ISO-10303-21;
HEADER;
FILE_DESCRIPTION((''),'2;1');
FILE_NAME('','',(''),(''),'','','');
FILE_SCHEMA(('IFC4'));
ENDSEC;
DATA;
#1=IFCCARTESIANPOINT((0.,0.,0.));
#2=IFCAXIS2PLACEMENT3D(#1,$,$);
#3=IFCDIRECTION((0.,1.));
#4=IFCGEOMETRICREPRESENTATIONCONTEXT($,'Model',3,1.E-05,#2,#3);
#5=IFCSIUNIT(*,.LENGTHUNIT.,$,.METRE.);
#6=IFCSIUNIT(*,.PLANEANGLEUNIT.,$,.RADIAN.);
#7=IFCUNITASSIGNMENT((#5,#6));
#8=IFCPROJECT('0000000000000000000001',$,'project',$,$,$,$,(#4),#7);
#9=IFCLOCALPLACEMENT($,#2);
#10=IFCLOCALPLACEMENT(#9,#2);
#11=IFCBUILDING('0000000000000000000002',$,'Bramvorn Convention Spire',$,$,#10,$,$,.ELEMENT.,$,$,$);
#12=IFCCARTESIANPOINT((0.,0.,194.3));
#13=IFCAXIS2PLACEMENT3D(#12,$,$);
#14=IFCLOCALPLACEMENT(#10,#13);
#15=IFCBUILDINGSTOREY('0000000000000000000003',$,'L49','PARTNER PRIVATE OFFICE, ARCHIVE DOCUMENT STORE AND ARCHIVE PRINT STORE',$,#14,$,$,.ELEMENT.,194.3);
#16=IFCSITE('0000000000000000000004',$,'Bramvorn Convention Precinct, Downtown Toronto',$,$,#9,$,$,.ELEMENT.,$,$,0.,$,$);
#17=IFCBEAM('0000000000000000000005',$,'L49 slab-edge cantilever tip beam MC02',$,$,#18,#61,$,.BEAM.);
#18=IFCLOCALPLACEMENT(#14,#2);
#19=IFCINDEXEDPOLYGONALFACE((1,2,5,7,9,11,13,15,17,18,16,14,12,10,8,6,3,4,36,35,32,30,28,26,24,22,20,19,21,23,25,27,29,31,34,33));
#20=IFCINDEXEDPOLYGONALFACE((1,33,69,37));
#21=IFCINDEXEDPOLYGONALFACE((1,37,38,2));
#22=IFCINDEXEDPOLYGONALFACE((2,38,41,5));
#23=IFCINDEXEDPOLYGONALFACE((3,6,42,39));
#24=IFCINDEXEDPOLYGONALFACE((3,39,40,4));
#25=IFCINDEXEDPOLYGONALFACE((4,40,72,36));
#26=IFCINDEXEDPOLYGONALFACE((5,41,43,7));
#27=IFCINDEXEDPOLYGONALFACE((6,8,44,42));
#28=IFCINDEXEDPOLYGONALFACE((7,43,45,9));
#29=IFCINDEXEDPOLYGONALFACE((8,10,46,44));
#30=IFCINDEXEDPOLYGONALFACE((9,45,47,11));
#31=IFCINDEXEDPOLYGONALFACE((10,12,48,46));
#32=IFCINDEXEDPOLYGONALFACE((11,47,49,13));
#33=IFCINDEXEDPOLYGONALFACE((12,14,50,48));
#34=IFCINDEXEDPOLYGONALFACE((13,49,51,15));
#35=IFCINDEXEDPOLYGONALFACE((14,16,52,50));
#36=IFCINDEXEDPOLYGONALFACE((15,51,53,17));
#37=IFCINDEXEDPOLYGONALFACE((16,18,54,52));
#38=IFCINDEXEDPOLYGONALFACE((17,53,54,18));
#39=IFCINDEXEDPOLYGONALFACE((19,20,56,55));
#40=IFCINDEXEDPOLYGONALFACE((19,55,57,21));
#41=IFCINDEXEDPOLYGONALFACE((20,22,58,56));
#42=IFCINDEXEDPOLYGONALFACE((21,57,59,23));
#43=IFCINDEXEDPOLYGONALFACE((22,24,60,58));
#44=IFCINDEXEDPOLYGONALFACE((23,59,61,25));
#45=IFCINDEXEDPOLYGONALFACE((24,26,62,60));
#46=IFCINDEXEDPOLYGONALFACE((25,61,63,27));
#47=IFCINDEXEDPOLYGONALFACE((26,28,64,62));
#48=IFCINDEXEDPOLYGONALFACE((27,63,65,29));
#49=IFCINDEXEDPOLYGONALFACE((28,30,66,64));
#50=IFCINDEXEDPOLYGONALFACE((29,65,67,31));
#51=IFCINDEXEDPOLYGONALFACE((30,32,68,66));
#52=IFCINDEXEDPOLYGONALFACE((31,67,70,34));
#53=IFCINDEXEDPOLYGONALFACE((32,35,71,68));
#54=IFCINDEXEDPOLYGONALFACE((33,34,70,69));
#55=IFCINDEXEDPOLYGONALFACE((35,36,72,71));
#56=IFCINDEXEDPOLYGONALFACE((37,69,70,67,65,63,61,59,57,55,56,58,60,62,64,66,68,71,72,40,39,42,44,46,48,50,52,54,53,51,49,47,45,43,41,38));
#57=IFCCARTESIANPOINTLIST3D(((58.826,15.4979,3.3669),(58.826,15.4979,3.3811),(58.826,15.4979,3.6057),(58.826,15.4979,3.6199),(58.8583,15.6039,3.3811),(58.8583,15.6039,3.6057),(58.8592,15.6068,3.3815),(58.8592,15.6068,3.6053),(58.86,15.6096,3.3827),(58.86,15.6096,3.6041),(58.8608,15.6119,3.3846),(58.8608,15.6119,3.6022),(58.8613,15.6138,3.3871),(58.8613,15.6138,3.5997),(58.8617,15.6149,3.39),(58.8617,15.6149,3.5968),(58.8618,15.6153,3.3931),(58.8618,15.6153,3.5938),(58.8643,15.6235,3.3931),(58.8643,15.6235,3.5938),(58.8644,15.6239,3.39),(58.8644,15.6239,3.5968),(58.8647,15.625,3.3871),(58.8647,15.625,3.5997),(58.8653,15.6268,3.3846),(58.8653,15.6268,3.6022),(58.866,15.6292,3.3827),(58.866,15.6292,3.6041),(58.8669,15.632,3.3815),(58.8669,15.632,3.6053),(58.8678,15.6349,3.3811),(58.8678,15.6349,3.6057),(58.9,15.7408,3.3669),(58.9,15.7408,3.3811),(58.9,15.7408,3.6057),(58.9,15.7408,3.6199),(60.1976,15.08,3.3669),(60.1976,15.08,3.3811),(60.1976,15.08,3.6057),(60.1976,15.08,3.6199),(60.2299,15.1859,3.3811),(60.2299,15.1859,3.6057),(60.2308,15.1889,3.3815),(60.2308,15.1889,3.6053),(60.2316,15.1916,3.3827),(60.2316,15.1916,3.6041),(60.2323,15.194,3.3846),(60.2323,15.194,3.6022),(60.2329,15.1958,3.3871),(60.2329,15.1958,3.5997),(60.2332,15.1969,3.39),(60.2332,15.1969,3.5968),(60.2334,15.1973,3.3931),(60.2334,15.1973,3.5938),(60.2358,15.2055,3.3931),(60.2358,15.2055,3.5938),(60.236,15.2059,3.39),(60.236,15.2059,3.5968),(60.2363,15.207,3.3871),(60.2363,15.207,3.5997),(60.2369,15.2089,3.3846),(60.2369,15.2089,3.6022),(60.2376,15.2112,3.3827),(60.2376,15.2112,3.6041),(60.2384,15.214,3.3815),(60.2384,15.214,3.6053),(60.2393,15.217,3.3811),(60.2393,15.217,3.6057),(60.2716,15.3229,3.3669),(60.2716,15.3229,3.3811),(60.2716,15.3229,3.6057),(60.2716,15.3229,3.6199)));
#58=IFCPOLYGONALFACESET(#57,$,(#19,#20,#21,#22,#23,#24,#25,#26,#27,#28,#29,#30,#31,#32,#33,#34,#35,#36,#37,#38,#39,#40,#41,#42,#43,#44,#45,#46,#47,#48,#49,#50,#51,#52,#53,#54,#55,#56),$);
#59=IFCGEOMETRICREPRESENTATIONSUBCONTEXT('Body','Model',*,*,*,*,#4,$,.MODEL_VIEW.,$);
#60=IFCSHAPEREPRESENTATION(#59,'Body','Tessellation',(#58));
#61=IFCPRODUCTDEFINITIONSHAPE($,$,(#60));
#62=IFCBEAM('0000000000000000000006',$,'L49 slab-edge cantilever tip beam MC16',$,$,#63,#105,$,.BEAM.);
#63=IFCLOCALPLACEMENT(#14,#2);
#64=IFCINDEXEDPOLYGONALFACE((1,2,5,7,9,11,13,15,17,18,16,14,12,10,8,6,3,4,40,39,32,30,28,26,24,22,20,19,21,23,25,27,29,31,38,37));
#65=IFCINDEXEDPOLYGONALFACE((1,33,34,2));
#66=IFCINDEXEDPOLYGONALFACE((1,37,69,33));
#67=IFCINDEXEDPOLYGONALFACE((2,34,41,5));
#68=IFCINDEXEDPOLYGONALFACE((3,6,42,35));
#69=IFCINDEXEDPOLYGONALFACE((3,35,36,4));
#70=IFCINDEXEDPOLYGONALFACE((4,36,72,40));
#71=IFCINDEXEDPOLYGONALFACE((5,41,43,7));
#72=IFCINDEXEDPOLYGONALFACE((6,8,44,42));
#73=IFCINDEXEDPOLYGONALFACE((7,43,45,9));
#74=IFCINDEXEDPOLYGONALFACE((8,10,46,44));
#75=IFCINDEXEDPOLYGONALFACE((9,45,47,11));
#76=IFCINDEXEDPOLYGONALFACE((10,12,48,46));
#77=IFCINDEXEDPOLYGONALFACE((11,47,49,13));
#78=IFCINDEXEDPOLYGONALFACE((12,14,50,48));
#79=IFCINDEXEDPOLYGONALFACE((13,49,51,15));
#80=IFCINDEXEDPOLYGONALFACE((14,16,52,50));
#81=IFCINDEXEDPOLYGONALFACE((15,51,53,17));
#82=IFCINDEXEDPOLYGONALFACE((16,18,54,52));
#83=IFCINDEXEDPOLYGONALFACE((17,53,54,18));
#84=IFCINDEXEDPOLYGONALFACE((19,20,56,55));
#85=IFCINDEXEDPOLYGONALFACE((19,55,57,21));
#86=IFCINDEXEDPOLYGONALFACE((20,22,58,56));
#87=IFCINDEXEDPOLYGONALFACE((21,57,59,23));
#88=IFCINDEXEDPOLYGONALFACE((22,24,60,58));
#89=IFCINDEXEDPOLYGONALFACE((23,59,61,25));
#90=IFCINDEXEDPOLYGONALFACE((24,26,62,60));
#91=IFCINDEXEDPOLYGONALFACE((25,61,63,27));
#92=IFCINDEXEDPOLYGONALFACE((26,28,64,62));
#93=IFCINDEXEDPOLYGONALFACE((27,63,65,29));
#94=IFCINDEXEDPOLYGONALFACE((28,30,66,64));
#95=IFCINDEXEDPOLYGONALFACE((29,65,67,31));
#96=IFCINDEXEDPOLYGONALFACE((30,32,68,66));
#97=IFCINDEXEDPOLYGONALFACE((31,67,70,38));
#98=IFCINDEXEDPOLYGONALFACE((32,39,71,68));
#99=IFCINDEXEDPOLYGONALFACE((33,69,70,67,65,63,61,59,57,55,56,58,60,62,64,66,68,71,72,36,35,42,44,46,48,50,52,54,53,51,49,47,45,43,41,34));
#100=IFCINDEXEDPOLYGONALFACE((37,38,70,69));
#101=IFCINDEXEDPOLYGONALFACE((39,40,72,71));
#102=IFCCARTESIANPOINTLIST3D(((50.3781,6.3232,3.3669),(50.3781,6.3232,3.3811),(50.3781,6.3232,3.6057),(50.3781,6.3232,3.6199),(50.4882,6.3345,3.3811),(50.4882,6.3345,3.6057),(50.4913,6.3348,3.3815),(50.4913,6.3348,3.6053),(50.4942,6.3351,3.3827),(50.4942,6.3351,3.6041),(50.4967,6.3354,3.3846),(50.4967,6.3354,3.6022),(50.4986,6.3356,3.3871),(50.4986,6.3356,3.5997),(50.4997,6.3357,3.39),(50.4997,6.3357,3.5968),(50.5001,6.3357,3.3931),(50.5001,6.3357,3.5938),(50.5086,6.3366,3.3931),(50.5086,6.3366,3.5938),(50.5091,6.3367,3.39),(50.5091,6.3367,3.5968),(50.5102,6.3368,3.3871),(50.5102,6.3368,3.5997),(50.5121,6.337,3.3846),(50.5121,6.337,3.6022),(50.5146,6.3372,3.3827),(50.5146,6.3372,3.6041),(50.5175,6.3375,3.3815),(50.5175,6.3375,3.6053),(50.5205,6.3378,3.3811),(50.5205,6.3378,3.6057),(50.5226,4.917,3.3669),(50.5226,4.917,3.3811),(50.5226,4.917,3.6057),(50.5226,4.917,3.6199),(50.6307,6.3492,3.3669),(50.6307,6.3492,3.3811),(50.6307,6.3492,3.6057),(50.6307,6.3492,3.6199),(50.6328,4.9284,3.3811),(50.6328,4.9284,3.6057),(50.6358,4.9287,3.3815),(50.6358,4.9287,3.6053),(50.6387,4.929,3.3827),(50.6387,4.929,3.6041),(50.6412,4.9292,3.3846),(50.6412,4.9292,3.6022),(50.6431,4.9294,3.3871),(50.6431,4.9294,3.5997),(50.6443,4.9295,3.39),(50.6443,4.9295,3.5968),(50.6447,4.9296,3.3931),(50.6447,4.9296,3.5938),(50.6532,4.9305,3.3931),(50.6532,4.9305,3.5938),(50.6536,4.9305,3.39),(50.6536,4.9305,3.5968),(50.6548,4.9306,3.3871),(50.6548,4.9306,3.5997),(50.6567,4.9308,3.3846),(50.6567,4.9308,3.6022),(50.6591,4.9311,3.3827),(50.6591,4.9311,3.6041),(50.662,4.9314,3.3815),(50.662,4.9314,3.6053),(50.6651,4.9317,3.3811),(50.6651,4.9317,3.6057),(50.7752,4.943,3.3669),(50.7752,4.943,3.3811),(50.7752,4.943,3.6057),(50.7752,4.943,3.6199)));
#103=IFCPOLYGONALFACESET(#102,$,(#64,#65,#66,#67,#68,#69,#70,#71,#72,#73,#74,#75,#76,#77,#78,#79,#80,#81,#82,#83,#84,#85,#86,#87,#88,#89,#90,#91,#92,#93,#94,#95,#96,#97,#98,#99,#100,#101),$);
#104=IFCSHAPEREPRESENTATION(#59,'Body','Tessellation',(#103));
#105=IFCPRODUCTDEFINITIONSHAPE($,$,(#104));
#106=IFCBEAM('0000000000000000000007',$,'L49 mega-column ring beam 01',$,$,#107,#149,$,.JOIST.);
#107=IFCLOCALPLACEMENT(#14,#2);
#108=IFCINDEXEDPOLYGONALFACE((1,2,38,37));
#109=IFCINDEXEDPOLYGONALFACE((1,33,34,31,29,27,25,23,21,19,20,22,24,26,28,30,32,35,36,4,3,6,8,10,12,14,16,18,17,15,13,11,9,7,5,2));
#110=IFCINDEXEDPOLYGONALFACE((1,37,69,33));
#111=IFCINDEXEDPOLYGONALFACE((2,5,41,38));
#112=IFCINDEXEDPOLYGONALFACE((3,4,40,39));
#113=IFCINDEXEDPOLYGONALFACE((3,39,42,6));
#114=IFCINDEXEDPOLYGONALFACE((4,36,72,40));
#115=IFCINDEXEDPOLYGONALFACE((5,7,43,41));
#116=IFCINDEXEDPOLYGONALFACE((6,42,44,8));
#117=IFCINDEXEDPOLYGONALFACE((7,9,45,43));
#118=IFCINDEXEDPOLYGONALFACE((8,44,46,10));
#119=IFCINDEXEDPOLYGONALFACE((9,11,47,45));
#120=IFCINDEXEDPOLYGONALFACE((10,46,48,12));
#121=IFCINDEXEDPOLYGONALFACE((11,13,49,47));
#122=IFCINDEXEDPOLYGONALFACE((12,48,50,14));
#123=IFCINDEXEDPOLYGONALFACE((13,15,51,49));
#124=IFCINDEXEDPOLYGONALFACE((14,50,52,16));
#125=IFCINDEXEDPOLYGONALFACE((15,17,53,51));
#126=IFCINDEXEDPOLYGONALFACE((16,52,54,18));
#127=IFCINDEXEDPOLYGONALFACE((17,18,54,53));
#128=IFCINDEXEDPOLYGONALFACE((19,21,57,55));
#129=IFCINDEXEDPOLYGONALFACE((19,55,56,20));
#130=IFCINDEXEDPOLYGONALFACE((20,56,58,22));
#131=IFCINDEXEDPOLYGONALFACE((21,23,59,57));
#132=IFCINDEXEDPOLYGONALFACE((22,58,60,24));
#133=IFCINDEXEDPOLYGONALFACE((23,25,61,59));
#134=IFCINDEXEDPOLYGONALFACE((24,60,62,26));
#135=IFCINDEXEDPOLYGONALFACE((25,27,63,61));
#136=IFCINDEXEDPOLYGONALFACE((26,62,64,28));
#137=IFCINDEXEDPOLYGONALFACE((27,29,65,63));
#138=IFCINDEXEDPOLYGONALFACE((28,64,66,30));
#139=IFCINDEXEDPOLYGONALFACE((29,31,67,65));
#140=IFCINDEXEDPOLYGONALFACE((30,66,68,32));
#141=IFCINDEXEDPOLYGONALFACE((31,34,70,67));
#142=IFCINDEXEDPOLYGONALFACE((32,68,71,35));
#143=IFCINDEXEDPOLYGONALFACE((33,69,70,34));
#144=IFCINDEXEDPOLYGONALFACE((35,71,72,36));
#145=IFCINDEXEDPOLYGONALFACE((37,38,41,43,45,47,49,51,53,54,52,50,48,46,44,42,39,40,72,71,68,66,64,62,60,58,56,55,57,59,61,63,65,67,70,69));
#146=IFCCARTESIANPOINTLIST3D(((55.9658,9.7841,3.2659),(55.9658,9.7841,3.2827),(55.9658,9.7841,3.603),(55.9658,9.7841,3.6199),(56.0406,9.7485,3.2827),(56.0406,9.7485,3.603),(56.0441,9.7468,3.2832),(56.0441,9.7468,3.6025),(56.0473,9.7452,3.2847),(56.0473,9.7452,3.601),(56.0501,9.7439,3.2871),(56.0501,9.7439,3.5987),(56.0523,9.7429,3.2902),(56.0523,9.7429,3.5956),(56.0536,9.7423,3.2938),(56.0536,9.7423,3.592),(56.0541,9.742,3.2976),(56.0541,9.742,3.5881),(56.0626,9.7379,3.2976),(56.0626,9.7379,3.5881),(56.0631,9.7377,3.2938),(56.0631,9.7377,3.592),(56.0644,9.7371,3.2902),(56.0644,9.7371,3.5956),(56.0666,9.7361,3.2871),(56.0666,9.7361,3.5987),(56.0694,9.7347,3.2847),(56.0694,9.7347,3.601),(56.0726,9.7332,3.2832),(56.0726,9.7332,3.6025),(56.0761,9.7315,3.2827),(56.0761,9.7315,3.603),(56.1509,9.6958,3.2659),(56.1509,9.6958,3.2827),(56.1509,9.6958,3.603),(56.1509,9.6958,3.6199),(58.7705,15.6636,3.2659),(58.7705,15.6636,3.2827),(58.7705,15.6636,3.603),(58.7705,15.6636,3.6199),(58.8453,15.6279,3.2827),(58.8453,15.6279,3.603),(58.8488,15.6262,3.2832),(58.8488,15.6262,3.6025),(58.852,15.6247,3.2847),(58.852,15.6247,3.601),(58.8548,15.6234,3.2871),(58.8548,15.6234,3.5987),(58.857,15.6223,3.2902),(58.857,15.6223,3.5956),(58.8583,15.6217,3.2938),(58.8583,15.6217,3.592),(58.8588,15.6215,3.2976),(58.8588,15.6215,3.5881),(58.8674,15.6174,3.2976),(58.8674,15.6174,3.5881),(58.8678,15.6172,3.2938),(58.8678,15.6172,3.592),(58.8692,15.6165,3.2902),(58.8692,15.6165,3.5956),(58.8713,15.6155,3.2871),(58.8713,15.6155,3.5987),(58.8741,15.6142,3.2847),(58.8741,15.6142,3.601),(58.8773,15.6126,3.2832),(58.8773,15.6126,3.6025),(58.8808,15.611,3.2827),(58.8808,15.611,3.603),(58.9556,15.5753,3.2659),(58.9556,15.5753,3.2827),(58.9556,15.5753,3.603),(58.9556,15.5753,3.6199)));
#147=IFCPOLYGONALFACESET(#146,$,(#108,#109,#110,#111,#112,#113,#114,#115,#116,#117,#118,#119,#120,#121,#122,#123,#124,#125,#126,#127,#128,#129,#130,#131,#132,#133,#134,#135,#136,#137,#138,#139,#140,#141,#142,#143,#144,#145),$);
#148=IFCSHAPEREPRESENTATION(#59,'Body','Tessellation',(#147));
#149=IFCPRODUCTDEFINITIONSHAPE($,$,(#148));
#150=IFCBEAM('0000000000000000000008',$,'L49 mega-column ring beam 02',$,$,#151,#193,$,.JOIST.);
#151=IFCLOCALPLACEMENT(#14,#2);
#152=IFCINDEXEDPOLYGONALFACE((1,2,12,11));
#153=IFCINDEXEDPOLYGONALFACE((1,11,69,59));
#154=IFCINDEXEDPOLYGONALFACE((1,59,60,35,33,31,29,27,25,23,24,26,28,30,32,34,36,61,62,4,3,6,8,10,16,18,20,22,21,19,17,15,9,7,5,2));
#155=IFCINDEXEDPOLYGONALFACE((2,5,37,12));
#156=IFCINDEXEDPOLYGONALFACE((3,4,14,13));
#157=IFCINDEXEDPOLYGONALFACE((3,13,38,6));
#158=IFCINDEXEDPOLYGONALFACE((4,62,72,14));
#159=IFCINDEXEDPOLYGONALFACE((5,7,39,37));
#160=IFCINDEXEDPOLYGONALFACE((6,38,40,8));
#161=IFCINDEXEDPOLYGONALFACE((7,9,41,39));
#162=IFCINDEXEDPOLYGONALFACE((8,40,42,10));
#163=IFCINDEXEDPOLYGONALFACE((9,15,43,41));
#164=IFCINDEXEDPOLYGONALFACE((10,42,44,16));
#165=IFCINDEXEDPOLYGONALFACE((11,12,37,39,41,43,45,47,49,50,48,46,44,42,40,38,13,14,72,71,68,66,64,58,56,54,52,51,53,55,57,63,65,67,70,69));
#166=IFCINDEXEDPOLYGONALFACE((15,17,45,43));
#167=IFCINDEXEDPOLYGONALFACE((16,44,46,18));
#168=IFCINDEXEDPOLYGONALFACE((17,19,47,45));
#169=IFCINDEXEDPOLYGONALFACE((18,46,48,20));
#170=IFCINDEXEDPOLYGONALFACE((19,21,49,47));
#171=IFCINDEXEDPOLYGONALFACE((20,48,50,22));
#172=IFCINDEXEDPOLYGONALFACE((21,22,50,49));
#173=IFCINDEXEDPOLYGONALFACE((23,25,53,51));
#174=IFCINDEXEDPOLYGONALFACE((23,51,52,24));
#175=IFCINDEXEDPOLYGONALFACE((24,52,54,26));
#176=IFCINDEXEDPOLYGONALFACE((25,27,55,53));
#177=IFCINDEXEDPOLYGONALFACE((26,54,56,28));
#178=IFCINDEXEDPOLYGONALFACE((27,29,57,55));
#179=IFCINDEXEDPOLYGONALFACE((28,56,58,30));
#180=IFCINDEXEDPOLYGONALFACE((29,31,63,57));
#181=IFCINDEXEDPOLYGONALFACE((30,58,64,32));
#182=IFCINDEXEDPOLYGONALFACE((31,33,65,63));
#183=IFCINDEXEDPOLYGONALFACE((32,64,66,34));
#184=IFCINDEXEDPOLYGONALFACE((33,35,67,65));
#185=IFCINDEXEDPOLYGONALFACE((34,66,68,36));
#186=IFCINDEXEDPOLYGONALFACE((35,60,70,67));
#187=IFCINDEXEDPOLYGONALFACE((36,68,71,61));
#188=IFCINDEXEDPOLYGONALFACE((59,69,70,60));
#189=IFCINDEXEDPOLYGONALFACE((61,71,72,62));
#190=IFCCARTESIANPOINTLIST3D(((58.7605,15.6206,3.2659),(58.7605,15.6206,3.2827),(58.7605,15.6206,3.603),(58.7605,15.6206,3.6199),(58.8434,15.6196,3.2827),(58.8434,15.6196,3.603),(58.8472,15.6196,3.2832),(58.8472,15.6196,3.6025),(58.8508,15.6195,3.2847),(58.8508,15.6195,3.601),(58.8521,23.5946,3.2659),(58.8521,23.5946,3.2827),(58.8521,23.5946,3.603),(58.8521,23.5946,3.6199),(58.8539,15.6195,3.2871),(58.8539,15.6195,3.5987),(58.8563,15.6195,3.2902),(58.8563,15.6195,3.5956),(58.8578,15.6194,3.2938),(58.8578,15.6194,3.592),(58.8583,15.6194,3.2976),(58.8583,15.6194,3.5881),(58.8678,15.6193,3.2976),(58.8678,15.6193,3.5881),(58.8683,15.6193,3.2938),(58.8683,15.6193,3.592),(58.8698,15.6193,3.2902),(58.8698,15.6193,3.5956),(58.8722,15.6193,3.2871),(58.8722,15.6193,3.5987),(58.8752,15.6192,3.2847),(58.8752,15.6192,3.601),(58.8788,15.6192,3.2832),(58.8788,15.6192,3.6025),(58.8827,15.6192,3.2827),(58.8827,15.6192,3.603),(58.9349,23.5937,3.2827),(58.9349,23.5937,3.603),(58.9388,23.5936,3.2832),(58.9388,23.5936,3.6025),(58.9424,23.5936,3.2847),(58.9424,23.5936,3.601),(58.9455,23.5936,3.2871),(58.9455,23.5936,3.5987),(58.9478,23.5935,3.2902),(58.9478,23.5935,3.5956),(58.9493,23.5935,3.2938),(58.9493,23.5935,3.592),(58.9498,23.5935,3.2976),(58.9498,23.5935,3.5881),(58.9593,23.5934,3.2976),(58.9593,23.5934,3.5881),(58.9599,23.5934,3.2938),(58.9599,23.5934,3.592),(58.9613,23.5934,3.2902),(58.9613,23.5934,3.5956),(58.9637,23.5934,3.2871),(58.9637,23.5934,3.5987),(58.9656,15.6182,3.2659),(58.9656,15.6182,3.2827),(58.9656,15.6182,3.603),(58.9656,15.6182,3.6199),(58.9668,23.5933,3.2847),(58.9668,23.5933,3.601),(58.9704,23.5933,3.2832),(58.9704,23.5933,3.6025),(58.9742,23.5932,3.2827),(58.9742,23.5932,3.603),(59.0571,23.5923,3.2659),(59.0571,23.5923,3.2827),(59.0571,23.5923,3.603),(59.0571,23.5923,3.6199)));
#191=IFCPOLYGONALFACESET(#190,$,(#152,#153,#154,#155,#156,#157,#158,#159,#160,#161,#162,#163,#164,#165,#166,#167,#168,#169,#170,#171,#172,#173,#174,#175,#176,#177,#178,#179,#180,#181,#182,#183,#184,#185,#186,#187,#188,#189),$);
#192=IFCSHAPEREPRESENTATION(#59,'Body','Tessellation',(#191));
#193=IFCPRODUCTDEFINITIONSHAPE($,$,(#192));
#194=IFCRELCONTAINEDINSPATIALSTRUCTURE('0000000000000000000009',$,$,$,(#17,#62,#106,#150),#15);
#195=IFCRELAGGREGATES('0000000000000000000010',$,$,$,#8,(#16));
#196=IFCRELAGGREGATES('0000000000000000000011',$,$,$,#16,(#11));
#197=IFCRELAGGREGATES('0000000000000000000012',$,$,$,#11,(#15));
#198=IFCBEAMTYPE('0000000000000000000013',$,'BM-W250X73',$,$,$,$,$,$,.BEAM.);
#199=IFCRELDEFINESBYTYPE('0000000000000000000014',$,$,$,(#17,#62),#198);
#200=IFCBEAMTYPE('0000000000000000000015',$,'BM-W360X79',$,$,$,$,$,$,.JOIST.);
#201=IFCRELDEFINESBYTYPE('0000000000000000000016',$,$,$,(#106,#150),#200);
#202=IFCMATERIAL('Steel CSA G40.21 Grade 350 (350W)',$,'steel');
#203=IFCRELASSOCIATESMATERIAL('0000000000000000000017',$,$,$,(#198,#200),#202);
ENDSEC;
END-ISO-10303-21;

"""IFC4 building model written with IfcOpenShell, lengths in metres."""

from ifc_helpers import new_model, si_unit, direction, frame, origin, origin_2d, place, context, subcontext, project, spatial, i_section, extrude, material, material_profile, profile_set, type_object, element, save


model = new_model("IFC4")

# Units and contexts
model_context = context("Model", 3, precision=1e-05, world=origin(), true_north=direction((0.0, 1.0)))
body_context = subcontext(model_context, "Body", "Model", "MODEL_VIEW")
ifc_project = project(units=[si_unit("LENGTHUNIT", "METRE"), si_unit("PLANEANGLEUNIT", "RADIAN")], contexts=[model_context])

# Site, building, storey
site_placement = place(None, origin())
site = spatial("IfcSite", under=ifc_project, at=site_placement, Name="Bramvorn Convention Precinct, Downtown Toronto", CompositionType="ELEMENT", RefElevation=0.0)
building_placement = place(site_placement, origin())
building = spatial("IfcBuilding", under=site, at=building_placement, Name="Bramvorn Convention Spire", CompositionType="ELEMENT")
storey_placement = place(building_placement, frame((0.0, 0.0, 194.3)))
storey = spatial("IfcBuildingStorey", under=building, at=storey_placement, Name="L49", Description="PARTNER PRIVATE OFFICE, ARCHIVE DOCUMENT STORE AND ARCHIVE PRINT STORE", CompositionType="ELEMENT", Elevation=194.3)

# Shared definitions
ifc_material_1 = material(Name="Steel CSA G40.21 Grade 350 (350W)", Category="steel")

# Beams
ifc_material_profile_1 = material_profile(ifc_material_1, i_section(OverallWidth=0.2539, OverallDepth=0.2529, WebThickness=0.0085, FlangeThickness=0.0142, FilletRadius=0.012, at=origin_2d()))
ifc_profile_set_1 = profile_set([ifc_material_profile_1], Name="Steel CSA G40.21 Grade 350 (350W) - W250X73")
beam_type_1 = type_object("IfcBeamType", Name="BM-W250X73", PredefinedType="BEAM", material=ifc_profile_set_1)
beam_1_placement = place(storey_placement, frame((58.863, 15.6194, 3.4934), z_axis=(0.956571, -0.2915, 0.0), x_axis=(0.2915, 0.956571, 0.0)))
element("IfcBeam", 1, at=beam_1_placement, inside=storey, type_object=beam_type_1, Name="L49 slab-edge cantilever tip beam MC02", PredefinedType="BEAM", context=body_context, shape_type="SweptSolid", body=[
    extrude(i_section(OverallWidth=0.2539, OverallDepth=0.2529, WebThickness=0.0085, FlangeThickness=0.0142, FilletRadius=0.012, at=origin_2d()), origin(), (0.0, 0.0, 1.0), 1.4338),
])
beam_2_placement = place(storey_placement, frame((50.5044, 6.3362, 3.4934), z_axis=(0.102239, -0.99476, 0.0), x_axis=(0.99476, 0.102239, 0.0)))
element("IfcBeam", 2, at=beam_2_placement, inside=storey, type_object=beam_type_1, Name="L49 slab-edge cantilever tip beam MC16", PredefinedType="BEAM", context=body_context, shape_type="SweptSolid", body=[
    extrude(i_section(OverallWidth=0.2539, OverallDepth=0.2529, WebThickness=0.0085, FlangeThickness=0.0142, FilletRadius=0.012, at=origin_2d()), origin(), (0.0, 0.0, 1.0), 1.4136),
])
ifc_material_profile_2 = material_profile(ifc_material_1, i_section(OverallWidth=0.2051, OverallDepth=0.354, WebThickness=0.0095, FlangeThickness=0.0168, FilletRadius=0.0149, at=origin_2d()))
ifc_profile_set_2 = profile_set([ifc_material_profile_2], Name="Steel CSA G40.21 Grade 350 (350W) - W360X79")
beam_type_2 = type_object("IfcBeamType", Name="BM-W360X79", PredefinedType="JOIST", material=ifc_profile_set_2)
beam_3_placement = place(storey_placement, frame((56.0583, 9.74, 3.4429), z_axis=(0.430556, 0.902564, 0.0), x_axis=(-0.902564, 0.430556, 0.0)))
element("IfcBeam", 3, at=beam_3_placement, inside=storey, type_object=beam_type_2, Name="L49 mega-column ring beam 01", PredefinedType="JOIST", context=body_context, shape_type="SweptSolid", body=[
    extrude(i_section(OverallWidth=0.2051, OverallDepth=0.354, WebThickness=0.0095, FlangeThickness=0.0168, FilletRadius=0.0149, at=origin_2d()), origin(), (0.0, 0.0, 1.0), 6.5142),
])
beam_4_placement = place(storey_placement, frame((58.863, 15.6194, 3.4429), z_axis=(0.01148, 0.999934, 0.0), x_axis=(-0.999934, 0.01148, 0.0)))
element("IfcBeam", 4, at=beam_4_placement, inside=storey, type_object=beam_type_2, Name="L49 mega-column ring beam 02", PredefinedType="JOIST", context=body_context, shape_type="SweptSolid", body=[
    extrude(i_section(OverallWidth=0.2051, OverallDepth=0.354, WebThickness=0.0095, FlangeThickness=0.0168, FilletRadius=0.0149, at=origin_2d()), origin(), (0.0, 0.0, 1.0), 7.9746),
])

save(model, "model.ifc")
